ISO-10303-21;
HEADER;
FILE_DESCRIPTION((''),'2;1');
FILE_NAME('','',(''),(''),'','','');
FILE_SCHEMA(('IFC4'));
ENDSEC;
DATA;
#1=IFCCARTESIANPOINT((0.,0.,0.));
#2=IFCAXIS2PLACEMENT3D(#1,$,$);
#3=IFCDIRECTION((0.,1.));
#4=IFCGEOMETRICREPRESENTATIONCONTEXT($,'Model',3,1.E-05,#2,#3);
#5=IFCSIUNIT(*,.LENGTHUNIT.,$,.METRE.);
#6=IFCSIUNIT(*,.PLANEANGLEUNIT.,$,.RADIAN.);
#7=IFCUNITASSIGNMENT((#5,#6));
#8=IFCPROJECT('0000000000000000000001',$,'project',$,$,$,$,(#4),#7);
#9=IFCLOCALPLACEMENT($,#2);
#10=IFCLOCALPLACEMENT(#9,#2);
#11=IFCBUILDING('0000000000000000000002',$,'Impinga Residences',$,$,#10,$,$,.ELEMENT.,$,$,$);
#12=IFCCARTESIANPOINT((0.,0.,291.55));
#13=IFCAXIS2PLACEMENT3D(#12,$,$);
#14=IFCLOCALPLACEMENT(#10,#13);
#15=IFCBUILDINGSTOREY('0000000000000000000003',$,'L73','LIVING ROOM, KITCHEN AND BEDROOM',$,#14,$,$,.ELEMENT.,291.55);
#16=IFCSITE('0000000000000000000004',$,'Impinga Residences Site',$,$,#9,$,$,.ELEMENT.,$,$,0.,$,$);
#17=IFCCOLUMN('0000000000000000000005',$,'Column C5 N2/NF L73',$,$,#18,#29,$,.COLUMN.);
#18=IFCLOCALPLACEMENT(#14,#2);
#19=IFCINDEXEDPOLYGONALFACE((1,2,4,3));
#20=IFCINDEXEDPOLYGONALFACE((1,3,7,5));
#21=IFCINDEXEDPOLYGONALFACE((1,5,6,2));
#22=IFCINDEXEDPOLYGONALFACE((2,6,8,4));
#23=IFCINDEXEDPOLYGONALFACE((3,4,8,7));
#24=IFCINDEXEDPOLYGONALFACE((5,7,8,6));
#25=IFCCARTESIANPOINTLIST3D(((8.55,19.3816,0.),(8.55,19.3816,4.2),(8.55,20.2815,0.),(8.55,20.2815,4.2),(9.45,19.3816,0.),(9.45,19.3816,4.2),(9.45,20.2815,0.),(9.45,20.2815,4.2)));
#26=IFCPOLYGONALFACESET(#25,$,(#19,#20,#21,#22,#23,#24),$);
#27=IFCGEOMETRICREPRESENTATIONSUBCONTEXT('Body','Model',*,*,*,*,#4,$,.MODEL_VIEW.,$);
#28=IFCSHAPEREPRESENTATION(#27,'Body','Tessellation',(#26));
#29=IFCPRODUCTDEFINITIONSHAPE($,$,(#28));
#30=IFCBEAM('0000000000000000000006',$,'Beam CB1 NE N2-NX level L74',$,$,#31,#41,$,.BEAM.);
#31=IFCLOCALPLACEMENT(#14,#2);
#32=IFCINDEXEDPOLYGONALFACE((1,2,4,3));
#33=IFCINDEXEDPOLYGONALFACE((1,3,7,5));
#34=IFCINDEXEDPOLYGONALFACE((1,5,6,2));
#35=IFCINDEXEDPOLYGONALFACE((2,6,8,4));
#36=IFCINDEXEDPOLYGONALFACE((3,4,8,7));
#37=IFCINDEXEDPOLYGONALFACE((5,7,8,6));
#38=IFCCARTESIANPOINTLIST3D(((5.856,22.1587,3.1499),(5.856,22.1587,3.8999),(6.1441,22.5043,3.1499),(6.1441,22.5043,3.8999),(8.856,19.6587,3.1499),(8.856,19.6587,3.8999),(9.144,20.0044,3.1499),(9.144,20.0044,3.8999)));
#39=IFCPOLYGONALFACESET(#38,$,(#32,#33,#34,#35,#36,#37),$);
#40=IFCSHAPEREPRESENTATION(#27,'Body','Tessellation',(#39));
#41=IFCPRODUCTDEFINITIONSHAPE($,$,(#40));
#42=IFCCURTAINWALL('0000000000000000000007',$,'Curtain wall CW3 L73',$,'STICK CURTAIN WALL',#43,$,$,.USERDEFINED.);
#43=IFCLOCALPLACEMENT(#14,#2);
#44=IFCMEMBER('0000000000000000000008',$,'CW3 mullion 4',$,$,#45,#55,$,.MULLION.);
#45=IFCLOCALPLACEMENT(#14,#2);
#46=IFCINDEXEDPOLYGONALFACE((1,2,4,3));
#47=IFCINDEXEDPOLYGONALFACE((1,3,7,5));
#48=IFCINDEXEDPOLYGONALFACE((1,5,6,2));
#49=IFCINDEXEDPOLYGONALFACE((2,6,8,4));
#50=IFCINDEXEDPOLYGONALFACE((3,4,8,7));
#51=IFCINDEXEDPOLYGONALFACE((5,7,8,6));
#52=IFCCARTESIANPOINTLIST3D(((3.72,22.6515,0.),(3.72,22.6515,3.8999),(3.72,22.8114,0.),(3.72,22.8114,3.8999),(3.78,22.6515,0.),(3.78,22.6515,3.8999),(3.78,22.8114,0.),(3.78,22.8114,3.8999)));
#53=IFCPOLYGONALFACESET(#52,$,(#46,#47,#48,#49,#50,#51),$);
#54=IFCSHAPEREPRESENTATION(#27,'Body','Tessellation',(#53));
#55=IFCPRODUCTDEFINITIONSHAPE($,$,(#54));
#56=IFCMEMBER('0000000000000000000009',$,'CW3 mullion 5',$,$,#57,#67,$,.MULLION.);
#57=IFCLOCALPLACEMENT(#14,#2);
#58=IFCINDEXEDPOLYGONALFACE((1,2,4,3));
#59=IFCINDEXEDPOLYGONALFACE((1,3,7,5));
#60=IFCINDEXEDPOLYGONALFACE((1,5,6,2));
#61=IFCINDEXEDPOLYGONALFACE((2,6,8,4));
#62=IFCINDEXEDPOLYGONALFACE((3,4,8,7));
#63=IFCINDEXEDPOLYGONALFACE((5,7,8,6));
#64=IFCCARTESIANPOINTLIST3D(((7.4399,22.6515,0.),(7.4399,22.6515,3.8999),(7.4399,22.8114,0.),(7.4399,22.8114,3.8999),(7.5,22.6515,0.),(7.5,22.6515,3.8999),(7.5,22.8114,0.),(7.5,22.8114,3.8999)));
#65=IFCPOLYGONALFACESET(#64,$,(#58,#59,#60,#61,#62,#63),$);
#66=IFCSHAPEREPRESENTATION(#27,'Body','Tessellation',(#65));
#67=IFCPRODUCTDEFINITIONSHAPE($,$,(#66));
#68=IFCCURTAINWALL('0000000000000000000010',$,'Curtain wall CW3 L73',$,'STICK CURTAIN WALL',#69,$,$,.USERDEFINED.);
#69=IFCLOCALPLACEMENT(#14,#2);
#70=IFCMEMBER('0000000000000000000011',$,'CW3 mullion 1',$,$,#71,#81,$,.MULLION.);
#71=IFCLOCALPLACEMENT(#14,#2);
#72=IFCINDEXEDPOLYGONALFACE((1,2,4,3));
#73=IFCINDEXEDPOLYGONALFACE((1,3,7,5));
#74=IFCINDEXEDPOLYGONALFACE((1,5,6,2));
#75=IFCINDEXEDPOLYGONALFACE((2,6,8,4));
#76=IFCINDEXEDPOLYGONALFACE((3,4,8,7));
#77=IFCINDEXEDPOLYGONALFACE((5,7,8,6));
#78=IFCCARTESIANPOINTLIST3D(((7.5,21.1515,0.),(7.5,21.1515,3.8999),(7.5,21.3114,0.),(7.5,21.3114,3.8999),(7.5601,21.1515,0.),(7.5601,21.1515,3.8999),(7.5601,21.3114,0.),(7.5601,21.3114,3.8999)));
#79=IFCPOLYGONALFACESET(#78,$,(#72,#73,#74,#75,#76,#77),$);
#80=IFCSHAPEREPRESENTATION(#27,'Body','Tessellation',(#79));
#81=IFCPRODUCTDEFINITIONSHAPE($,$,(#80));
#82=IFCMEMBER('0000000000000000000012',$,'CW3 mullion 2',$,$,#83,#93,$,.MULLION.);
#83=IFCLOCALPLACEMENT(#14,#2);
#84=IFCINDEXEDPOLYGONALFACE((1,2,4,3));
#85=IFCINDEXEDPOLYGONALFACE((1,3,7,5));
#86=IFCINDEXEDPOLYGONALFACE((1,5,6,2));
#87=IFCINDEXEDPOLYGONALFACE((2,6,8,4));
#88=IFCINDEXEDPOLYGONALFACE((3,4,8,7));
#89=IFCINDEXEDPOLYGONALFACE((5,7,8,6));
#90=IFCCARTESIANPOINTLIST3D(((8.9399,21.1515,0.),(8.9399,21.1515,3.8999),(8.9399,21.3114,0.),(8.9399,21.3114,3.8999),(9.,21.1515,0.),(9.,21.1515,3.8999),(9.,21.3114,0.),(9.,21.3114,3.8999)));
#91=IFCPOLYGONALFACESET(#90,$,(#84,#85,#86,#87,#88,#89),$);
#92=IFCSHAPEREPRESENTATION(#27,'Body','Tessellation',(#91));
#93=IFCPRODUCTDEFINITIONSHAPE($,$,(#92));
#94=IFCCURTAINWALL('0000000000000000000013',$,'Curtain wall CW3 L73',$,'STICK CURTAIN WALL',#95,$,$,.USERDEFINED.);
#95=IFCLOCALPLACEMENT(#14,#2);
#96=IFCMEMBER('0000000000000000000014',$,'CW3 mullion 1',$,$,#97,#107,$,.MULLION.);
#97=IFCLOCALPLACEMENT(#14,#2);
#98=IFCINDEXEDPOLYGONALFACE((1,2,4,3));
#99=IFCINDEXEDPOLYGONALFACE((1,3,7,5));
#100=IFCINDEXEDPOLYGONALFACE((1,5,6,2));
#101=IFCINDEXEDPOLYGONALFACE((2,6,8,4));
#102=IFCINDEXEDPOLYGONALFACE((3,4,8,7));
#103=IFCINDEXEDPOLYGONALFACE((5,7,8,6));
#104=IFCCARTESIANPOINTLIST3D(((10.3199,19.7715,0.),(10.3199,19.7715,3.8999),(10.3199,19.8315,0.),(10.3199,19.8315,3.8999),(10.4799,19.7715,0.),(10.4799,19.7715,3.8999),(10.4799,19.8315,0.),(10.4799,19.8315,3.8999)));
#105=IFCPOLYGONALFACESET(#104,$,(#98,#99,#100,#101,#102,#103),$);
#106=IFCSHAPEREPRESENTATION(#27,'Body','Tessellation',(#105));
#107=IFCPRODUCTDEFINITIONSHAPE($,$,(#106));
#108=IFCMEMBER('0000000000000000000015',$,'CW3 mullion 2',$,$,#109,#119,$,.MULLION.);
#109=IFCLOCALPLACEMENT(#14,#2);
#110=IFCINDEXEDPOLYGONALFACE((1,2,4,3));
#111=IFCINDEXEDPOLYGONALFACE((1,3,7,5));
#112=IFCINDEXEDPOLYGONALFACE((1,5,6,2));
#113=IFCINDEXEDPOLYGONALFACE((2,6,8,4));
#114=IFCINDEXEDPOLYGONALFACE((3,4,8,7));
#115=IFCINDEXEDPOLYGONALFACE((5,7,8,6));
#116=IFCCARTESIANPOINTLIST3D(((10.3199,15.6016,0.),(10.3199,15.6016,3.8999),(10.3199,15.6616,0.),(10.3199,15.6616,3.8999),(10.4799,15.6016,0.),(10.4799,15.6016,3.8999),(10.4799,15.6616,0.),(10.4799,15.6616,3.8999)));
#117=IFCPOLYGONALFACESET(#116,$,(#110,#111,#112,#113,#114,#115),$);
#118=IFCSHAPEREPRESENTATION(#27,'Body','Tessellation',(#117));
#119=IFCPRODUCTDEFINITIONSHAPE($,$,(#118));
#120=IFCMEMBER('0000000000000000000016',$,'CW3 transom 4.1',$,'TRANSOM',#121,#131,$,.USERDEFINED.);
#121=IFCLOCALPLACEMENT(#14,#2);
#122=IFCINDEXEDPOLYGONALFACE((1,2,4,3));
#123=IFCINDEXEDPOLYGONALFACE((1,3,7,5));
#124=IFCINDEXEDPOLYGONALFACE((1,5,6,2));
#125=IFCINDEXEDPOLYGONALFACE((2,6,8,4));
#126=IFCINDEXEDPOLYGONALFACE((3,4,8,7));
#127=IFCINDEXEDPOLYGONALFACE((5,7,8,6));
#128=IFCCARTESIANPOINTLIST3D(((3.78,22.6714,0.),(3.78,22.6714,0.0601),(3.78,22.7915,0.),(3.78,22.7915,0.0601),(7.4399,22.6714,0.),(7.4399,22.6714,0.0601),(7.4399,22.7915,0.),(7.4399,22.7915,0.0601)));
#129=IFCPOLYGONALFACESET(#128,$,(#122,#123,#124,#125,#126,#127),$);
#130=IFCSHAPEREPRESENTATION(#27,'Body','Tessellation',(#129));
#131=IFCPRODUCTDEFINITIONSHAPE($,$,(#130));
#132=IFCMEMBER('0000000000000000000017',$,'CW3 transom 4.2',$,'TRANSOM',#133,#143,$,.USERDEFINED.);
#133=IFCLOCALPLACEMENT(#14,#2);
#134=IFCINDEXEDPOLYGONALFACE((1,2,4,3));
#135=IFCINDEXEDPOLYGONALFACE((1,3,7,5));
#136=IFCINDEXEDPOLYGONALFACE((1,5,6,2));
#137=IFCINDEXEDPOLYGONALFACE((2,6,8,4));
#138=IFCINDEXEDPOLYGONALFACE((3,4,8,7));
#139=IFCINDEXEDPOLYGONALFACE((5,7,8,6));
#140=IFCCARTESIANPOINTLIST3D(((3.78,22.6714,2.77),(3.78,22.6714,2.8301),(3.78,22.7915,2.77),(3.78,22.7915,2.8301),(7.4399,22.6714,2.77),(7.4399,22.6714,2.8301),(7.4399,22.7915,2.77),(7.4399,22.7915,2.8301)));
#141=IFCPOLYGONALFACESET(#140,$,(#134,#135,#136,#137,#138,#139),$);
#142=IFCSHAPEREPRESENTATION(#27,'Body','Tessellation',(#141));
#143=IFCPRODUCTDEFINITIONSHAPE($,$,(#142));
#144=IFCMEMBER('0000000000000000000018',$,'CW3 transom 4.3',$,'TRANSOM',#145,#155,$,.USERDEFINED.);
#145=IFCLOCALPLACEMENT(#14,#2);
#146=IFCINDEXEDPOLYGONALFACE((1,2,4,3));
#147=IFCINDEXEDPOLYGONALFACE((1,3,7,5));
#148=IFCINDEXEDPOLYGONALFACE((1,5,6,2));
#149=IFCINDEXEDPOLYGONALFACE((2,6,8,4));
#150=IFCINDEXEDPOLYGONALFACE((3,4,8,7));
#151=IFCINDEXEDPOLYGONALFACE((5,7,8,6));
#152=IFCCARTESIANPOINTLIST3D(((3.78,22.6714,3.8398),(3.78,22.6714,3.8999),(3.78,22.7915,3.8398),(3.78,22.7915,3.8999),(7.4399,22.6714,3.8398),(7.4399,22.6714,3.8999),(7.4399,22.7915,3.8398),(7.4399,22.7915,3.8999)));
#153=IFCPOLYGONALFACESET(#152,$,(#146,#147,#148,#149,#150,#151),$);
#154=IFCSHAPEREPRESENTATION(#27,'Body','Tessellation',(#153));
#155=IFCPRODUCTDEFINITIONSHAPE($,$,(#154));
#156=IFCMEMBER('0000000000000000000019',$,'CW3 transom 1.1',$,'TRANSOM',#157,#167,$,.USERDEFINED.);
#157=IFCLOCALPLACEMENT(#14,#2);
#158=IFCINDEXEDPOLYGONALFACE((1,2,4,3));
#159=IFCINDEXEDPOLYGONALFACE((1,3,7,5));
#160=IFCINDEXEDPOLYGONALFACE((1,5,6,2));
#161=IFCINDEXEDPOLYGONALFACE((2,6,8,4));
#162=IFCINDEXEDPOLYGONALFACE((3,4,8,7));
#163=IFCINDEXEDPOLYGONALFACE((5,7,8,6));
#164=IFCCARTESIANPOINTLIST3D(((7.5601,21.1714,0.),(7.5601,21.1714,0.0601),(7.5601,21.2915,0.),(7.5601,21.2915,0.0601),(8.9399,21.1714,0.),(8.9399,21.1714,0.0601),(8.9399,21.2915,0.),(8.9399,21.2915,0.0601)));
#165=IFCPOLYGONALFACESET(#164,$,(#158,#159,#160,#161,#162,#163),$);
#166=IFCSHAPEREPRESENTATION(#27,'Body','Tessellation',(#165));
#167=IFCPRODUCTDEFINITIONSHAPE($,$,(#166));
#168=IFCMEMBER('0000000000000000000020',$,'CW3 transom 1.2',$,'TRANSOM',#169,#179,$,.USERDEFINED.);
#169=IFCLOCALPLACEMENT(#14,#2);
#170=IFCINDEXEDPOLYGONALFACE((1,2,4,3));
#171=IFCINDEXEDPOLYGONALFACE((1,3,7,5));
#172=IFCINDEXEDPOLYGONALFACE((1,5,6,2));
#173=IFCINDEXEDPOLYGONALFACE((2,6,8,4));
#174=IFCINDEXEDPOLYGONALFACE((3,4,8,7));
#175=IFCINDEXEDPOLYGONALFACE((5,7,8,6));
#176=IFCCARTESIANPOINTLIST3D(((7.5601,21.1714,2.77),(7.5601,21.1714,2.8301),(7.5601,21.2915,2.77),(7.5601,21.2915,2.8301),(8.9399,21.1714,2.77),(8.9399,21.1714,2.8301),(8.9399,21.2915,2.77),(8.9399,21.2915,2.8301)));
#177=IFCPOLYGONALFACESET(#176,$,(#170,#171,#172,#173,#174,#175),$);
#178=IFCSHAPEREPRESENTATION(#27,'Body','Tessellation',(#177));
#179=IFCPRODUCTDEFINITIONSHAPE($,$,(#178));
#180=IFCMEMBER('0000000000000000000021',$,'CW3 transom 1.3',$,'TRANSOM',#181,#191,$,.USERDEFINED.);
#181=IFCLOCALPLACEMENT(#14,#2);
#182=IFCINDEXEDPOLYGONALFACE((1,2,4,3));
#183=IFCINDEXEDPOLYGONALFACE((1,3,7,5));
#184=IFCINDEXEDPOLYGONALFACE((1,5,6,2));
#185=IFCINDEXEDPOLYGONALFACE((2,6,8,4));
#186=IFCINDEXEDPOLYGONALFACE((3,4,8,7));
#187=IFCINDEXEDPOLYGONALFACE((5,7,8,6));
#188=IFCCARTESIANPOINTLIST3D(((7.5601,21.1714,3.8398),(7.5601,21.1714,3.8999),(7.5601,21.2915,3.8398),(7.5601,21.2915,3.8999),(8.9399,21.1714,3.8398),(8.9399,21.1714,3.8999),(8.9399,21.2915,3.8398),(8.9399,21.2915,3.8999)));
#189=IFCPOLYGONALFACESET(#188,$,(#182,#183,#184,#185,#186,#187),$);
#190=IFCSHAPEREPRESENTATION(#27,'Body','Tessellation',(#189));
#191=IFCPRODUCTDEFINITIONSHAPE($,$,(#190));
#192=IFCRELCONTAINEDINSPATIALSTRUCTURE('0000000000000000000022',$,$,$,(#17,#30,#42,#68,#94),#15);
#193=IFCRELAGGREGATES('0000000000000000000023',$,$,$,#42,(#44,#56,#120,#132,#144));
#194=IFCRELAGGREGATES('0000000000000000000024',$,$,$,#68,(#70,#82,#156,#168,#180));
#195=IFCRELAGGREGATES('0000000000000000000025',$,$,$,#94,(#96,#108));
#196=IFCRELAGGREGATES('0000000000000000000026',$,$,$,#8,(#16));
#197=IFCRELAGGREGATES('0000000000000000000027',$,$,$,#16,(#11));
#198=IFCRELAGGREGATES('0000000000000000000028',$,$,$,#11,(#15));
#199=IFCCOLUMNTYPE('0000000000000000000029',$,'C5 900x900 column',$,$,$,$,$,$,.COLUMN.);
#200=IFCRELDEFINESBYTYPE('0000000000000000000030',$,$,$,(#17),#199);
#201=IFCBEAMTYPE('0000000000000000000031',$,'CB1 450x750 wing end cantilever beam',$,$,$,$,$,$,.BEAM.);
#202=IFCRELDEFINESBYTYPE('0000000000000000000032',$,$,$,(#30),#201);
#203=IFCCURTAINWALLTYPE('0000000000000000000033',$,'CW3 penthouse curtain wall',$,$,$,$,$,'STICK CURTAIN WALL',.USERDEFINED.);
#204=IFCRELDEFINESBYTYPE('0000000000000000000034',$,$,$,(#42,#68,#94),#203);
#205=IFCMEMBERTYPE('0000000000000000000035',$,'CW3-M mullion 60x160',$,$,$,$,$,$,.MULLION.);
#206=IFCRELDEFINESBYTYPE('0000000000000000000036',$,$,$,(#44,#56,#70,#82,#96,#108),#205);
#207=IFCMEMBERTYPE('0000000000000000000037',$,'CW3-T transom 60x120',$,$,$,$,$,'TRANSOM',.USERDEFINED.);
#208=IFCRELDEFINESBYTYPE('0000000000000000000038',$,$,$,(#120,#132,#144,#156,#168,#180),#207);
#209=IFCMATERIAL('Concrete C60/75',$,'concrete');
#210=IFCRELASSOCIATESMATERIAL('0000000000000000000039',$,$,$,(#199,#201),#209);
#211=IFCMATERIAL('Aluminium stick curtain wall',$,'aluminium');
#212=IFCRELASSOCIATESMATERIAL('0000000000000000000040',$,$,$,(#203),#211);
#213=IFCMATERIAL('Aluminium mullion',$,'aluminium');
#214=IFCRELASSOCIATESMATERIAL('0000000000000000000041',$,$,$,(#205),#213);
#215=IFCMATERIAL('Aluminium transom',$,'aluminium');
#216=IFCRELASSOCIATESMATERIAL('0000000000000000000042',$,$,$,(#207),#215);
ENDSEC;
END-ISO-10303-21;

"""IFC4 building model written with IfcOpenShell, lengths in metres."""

from ifc_helpers import new_model, si_unit, direction, frame, origin, origin_2d, place, context, subcontext, project, spatial, rectangle, extrude, material, material_profile, profile_set, type_object, element, aggregate, save


model = new_model("IFC4")

# Units and contexts
model_context = context("Model", 3, precision=1e-05, world=origin(), true_north=direction((0.0, 1.0)))
body_context = subcontext(model_context, "Body", "Model", "MODEL_VIEW")
ifc_project = project(units=[si_unit("LENGTHUNIT", "METRE"), si_unit("PLANEANGLEUNIT", "RADIAN")], contexts=[model_context])

# Site, building, storey
site_placement = place(None, origin())
site = spatial("IfcSite", under=ifc_project, at=site_placement, Name="Impinga Residences Site", CompositionType="ELEMENT", RefElevation=0.0)
building_placement = place(site_placement, origin())
building = spatial("IfcBuilding", under=site, at=building_placement, Name="Impinga Residences", CompositionType="ELEMENT")
storey_placement = place(building_placement, frame((0.0, 0.0, 291.55)))
storey = spatial("IfcBuildingStorey", under=building, at=storey_placement, Name="L73", Description="LIVING ROOM, KITCHEN AND BEDROOM", CompositionType="ELEMENT", Elevation=291.55)

# Column
ifc_material_1 = material(Name="Concrete C60/75", Category="concrete")
ifc_material_profile_1 = material_profile(ifc_material_1, rectangle(XDim=0.8999, YDim=0.8999, at=origin_2d()), Name="RC 900x900")
ifc_profile_set_1 = profile_set([ifc_material_profile_1], Name="Concrete C60/75")
column_type = type_object("IfcColumnType", Name="C5 900x900 column", PredefinedType="COLUMN", material=ifc_profile_set_1)
column_placement = place(storey_placement, frame((9.0, 19.8315, 0.0), z_axis=(0.0, 0.0, 1.0), x_axis=(1.0, 0.0, 0.0)))
element("IfcColumn", 1, at=column_placement, inside=storey, type_object=column_type, Name="Column C5 N2/NF L73", PredefinedType="COLUMN", context=body_context, shape_type="SweptSolid", body=[
    extrude(rectangle(XDim=0.8999, YDim=0.8999, at=origin_2d()), origin(), (0.0, 0.0, 1.0), 4.2),
])

# Beam
ifc_material_profile_2 = material_profile(ifc_material_1, rectangle(XDim=0.45, YDim=0.75, at=origin_2d()), Name="RC 450x750")
ifc_profile_set_2 = profile_set([ifc_material_profile_2], Name="Concrete C60/75")
beam_type = type_object("IfcBeamType", Name="CB1 450x750 wing end cantilever beam", PredefinedType="BEAM", material=ifc_profile_set_2)
beam_placement = place(storey_placement, frame((9.0, 19.8315, 3.5249), z_axis=(-0.768221, 0.640184, 0.0), x_axis=(-0.640184, -0.768221, 0.0)))
element("IfcBeam", 2, at=beam_placement, inside=storey, type_object=beam_type, Name="Beam CB1 NE N2-NX level L74", PredefinedType="BEAM", context=body_context, shape_type="SweptSolid", body=[
    extrude(rectangle(XDim=0.45, YDim=0.75, at=origin_2d()), origin(), (0.0, 0.0, 1.0), 3.905),
])

# Curtain walls, members
ifc_material_2 = material(Name="Aluminium stick curtain wall", Category="aluminium")
curtain_wall_type = type_object("IfcCurtainWallType", Name="CW3 penthouse curtain wall", ElementType="STICK CURTAIN WALL", PredefinedType="USERDEFINED", material=ifc_material_2)
curtain_wall_1_placement = place(storey_placement, origin())
curtain_wall_1 = element("IfcCurtainWall", 3, at=curtain_wall_1_placement, inside=storey, type_object=curtain_wall_type, Name="Curtain wall CW3 L73", ObjectType="STICK CURTAIN WALL", PredefinedType="USERDEFINED")
ifc_material_3 = material(Name="Aluminium mullion", Category="aluminium")
ifc_material_profile_3 = material_profile(ifc_material_3, rectangle(XDim=0.0601, YDim=0.1599, at=origin_2d()), Name="60x160 mullion")
ifc_profile_set_3 = profile_set([ifc_material_profile_3], Name="Aluminium mullion")
member_type_1 = type_object("IfcMemberType", Name="CW3-M mullion 60x160", PredefinedType="MULLION", material=ifc_profile_set_3)
member_1_placement = place(storey_placement, frame((3.75, 22.7314, 0.0), z_axis=(0.0, 0.0, 1.0), x_axis=(1.0, 0.0, 0.0)))
member_1 = element("IfcMember", 4, at=member_1_placement, type_object=member_type_1, Name="CW3 mullion 4", PredefinedType="MULLION", context=body_context, shape_type="SweptSolid", body=[
    extrude(rectangle(XDim=0.0601, YDim=0.1599, at=origin_2d()), origin(), (0.0, 0.0, 1.0), 3.8999),
])
member_2_placement = place(storey_placement, frame((7.47, 22.7314, 0.0), z_axis=(0.0, 0.0, 1.0), x_axis=(1.0, 0.0, 0.0)))
member_2 = element("IfcMember", 5, at=member_2_placement, type_object=member_type_1, Name="CW3 mullion 5", PredefinedType="MULLION", context=body_context, shape_type="SweptSolid", body=[
    extrude(rectangle(XDim=0.0601, YDim=0.1599, at=origin_2d()), origin(), (0.0, 0.0, 1.0), 3.8999),
])
curtain_wall_2_placement = place(storey_placement, origin())
curtain_wall_2 = element("IfcCurtainWall", 6, at=curtain_wall_2_placement, inside=storey, type_object=curtain_wall_type, Name="Curtain wall CW3 L73", ObjectType="STICK CURTAIN WALL", PredefinedType="USERDEFINED")
member_3_placement = place(storey_placement, frame((7.53, 21.2314, 0.0), z_axis=(0.0, 0.0, 1.0), x_axis=(1.0, 0.0, 0.0)))
member_3 = element("IfcMember", 7, at=member_3_placement, type_object=member_type_1, Name="CW3 mullion 1", PredefinedType="MULLION", context=body_context, shape_type="SweptSolid", body=[
    extrude(rectangle(XDim=0.0601, YDim=0.1599, at=origin_2d()), origin(), (0.0, 0.0, 1.0), 3.8999),
])
member_4_placement = place(storey_placement, frame((8.97, 21.2314, 0.0), z_axis=(0.0, 0.0, 1.0), x_axis=(1.0, 0.0, 0.0)))
member_4 = element("IfcMember", 8, at=member_4_placement, type_object=member_type_1, Name="CW3 mullion 2", PredefinedType="MULLION", context=body_context, shape_type="SweptSolid", body=[
    extrude(rectangle(XDim=0.0601, YDim=0.1599, at=origin_2d()), origin(), (0.0, 0.0, 1.0), 3.8999),
])
curtain_wall_3_placement = place(storey_placement, origin())
curtain_wall_3 = element("IfcCurtainWall", 9, at=curtain_wall_3_placement, inside=storey, type_object=curtain_wall_type, Name="Curtain wall CW3 L73", ObjectType="STICK CURTAIN WALL", PredefinedType="USERDEFINED")
member_5_placement = place(storey_placement, frame((10.3999, 19.8015, 0.0), z_axis=(0.0, 0.0, 1.0), x_axis=(0.0, -1.0, 0.0)))
member_5 = element("IfcMember", 10, at=member_5_placement, type_object=member_type_1, Name="CW3 mullion 1", PredefinedType="MULLION", context=body_context, shape_type="SweptSolid", body=[
    extrude(rectangle(XDim=0.0601, YDim=0.1599, at=origin_2d()), origin(), (0.0, 0.0, 1.0), 3.8999),
])
member_6_placement = place(storey_placement, frame((10.3999, 15.6316, 0.0), z_axis=(0.0, 0.0, 1.0), x_axis=(0.0, -1.0, 0.0)))
member_6 = element("IfcMember", 11, at=member_6_placement, type_object=member_type_1, Name="CW3 mullion 2", PredefinedType="MULLION", context=body_context, shape_type="SweptSolid", body=[
    extrude(rectangle(XDim=0.0601, YDim=0.1599, at=origin_2d()), origin(), (0.0, 0.0, 1.0), 3.8999),
])

# Members
ifc_material_4 = material(Name="Aluminium transom", Category="aluminium")
ifc_material_profile_4 = material_profile(ifc_material_4, rectangle(XDim=0.0601, YDim=0.1201, at=origin_2d()), Name="60x120 transom")
ifc_profile_set_4 = profile_set([ifc_material_profile_4], Name="Aluminium transom")
member_type_2 = type_object("IfcMemberType", Name="CW3-T transom 60x120", ElementType="TRANSOM", PredefinedType="USERDEFINED", material=ifc_profile_set_4)
member_7_placement = place(storey_placement, frame((3.78, 22.7314, 0.03), z_axis=(1.0, 0.0, 0.0), x_axis=(0.0, 0.0, 1.0)))
member_7 = element("IfcMember", 12, at=member_7_placement, type_object=member_type_2, Name="CW3 transom 4.1", ObjectType="TRANSOM", PredefinedType="USERDEFINED", context=body_context, shape_type="SweptSolid", body=[
    extrude(rectangle(XDim=0.0601, YDim=0.1201, at=origin_2d()), origin(), (0.0, 0.0, 1.0), 3.6599),
])
member_8_placement = place(storey_placement, frame((3.78, 22.7314, 2.8), z_axis=(1.0, 0.0, 0.0), x_axis=(0.0, 0.0, 1.0)))
member_8 = element("IfcMember", 13, at=member_8_placement, type_object=member_type_2, Name="CW3 transom 4.2", ObjectType="TRANSOM", PredefinedType="USERDEFINED", context=body_context, shape_type="SweptSolid", body=[
    extrude(rectangle(XDim=0.0601, YDim=0.1201, at=origin_2d()), origin(), (0.0, 0.0, 1.0), 3.6599),
])
member_9_placement = place(storey_placement, frame((3.78, 22.7314, 3.8699), z_axis=(1.0, 0.0, 0.0), x_axis=(0.0, 0.0, 1.0)))
member_9 = element("IfcMember", 14, at=member_9_placement, type_object=member_type_2, Name="CW3 transom 4.3", ObjectType="TRANSOM", PredefinedType="USERDEFINED", context=body_context, shape_type="SweptSolid", body=[
    extrude(rectangle(XDim=0.0601, YDim=0.1201, at=origin_2d()), origin(), (0.0, 0.0, 1.0), 3.6599),
])
member_10_placement = place(storey_placement, frame((7.5601, 21.2314, 0.03), z_axis=(1.0, 0.0, 0.0), x_axis=(0.0, 0.0, 1.0)))
member_10 = element("IfcMember", 15, at=member_10_placement, type_object=member_type_2, Name="CW3 transom 1.1", ObjectType="TRANSOM", PredefinedType="USERDEFINED", context=body_context, shape_type="SweptSolid", body=[
    extrude(rectangle(XDim=0.0601, YDim=0.1201, at=origin_2d()), origin(), (0.0, 0.0, 1.0), 1.3799),
])
member_11_placement = place(storey_placement, frame((7.5601, 21.2314, 2.8), z_axis=(1.0, 0.0, 0.0), x_axis=(0.0, 0.0, 1.0)))
member_11 = element("IfcMember", 16, at=member_11_placement, type_object=member_type_2, Name="CW3 transom 1.2", ObjectType="TRANSOM", PredefinedType="USERDEFINED", context=body_context, shape_type="SweptSolid", body=[
    extrude(rectangle(XDim=0.0601, YDim=0.1201, at=origin_2d()), origin(), (0.0, 0.0, 1.0), 1.3799),
])
member_12_placement = place(storey_placement, frame((7.5601, 21.2314, 3.8699), z_axis=(1.0, 0.0, 0.0), x_axis=(0.0, 0.0, 1.0)))
member_12 = element("IfcMember", 17, at=member_12_placement, type_object=member_type_2, Name="CW3 transom 1.3", ObjectType="TRANSOM", PredefinedType="USERDEFINED", context=body_context, shape_type="SweptSolid", body=[
    extrude(rectangle(XDim=0.0601, YDim=0.1201, at=origin_2d()), origin(), (0.0, 0.0, 1.0), 1.3799),
])

aggregate(curtain_wall_1, [member_1, member_2, member_7, member_8, member_9])
aggregate(curtain_wall_2, [member_3, member_4, member_10, member_11, member_12])
aggregate(curtain_wall_3, [member_5, member_6])

save(model, "model.ifc")
